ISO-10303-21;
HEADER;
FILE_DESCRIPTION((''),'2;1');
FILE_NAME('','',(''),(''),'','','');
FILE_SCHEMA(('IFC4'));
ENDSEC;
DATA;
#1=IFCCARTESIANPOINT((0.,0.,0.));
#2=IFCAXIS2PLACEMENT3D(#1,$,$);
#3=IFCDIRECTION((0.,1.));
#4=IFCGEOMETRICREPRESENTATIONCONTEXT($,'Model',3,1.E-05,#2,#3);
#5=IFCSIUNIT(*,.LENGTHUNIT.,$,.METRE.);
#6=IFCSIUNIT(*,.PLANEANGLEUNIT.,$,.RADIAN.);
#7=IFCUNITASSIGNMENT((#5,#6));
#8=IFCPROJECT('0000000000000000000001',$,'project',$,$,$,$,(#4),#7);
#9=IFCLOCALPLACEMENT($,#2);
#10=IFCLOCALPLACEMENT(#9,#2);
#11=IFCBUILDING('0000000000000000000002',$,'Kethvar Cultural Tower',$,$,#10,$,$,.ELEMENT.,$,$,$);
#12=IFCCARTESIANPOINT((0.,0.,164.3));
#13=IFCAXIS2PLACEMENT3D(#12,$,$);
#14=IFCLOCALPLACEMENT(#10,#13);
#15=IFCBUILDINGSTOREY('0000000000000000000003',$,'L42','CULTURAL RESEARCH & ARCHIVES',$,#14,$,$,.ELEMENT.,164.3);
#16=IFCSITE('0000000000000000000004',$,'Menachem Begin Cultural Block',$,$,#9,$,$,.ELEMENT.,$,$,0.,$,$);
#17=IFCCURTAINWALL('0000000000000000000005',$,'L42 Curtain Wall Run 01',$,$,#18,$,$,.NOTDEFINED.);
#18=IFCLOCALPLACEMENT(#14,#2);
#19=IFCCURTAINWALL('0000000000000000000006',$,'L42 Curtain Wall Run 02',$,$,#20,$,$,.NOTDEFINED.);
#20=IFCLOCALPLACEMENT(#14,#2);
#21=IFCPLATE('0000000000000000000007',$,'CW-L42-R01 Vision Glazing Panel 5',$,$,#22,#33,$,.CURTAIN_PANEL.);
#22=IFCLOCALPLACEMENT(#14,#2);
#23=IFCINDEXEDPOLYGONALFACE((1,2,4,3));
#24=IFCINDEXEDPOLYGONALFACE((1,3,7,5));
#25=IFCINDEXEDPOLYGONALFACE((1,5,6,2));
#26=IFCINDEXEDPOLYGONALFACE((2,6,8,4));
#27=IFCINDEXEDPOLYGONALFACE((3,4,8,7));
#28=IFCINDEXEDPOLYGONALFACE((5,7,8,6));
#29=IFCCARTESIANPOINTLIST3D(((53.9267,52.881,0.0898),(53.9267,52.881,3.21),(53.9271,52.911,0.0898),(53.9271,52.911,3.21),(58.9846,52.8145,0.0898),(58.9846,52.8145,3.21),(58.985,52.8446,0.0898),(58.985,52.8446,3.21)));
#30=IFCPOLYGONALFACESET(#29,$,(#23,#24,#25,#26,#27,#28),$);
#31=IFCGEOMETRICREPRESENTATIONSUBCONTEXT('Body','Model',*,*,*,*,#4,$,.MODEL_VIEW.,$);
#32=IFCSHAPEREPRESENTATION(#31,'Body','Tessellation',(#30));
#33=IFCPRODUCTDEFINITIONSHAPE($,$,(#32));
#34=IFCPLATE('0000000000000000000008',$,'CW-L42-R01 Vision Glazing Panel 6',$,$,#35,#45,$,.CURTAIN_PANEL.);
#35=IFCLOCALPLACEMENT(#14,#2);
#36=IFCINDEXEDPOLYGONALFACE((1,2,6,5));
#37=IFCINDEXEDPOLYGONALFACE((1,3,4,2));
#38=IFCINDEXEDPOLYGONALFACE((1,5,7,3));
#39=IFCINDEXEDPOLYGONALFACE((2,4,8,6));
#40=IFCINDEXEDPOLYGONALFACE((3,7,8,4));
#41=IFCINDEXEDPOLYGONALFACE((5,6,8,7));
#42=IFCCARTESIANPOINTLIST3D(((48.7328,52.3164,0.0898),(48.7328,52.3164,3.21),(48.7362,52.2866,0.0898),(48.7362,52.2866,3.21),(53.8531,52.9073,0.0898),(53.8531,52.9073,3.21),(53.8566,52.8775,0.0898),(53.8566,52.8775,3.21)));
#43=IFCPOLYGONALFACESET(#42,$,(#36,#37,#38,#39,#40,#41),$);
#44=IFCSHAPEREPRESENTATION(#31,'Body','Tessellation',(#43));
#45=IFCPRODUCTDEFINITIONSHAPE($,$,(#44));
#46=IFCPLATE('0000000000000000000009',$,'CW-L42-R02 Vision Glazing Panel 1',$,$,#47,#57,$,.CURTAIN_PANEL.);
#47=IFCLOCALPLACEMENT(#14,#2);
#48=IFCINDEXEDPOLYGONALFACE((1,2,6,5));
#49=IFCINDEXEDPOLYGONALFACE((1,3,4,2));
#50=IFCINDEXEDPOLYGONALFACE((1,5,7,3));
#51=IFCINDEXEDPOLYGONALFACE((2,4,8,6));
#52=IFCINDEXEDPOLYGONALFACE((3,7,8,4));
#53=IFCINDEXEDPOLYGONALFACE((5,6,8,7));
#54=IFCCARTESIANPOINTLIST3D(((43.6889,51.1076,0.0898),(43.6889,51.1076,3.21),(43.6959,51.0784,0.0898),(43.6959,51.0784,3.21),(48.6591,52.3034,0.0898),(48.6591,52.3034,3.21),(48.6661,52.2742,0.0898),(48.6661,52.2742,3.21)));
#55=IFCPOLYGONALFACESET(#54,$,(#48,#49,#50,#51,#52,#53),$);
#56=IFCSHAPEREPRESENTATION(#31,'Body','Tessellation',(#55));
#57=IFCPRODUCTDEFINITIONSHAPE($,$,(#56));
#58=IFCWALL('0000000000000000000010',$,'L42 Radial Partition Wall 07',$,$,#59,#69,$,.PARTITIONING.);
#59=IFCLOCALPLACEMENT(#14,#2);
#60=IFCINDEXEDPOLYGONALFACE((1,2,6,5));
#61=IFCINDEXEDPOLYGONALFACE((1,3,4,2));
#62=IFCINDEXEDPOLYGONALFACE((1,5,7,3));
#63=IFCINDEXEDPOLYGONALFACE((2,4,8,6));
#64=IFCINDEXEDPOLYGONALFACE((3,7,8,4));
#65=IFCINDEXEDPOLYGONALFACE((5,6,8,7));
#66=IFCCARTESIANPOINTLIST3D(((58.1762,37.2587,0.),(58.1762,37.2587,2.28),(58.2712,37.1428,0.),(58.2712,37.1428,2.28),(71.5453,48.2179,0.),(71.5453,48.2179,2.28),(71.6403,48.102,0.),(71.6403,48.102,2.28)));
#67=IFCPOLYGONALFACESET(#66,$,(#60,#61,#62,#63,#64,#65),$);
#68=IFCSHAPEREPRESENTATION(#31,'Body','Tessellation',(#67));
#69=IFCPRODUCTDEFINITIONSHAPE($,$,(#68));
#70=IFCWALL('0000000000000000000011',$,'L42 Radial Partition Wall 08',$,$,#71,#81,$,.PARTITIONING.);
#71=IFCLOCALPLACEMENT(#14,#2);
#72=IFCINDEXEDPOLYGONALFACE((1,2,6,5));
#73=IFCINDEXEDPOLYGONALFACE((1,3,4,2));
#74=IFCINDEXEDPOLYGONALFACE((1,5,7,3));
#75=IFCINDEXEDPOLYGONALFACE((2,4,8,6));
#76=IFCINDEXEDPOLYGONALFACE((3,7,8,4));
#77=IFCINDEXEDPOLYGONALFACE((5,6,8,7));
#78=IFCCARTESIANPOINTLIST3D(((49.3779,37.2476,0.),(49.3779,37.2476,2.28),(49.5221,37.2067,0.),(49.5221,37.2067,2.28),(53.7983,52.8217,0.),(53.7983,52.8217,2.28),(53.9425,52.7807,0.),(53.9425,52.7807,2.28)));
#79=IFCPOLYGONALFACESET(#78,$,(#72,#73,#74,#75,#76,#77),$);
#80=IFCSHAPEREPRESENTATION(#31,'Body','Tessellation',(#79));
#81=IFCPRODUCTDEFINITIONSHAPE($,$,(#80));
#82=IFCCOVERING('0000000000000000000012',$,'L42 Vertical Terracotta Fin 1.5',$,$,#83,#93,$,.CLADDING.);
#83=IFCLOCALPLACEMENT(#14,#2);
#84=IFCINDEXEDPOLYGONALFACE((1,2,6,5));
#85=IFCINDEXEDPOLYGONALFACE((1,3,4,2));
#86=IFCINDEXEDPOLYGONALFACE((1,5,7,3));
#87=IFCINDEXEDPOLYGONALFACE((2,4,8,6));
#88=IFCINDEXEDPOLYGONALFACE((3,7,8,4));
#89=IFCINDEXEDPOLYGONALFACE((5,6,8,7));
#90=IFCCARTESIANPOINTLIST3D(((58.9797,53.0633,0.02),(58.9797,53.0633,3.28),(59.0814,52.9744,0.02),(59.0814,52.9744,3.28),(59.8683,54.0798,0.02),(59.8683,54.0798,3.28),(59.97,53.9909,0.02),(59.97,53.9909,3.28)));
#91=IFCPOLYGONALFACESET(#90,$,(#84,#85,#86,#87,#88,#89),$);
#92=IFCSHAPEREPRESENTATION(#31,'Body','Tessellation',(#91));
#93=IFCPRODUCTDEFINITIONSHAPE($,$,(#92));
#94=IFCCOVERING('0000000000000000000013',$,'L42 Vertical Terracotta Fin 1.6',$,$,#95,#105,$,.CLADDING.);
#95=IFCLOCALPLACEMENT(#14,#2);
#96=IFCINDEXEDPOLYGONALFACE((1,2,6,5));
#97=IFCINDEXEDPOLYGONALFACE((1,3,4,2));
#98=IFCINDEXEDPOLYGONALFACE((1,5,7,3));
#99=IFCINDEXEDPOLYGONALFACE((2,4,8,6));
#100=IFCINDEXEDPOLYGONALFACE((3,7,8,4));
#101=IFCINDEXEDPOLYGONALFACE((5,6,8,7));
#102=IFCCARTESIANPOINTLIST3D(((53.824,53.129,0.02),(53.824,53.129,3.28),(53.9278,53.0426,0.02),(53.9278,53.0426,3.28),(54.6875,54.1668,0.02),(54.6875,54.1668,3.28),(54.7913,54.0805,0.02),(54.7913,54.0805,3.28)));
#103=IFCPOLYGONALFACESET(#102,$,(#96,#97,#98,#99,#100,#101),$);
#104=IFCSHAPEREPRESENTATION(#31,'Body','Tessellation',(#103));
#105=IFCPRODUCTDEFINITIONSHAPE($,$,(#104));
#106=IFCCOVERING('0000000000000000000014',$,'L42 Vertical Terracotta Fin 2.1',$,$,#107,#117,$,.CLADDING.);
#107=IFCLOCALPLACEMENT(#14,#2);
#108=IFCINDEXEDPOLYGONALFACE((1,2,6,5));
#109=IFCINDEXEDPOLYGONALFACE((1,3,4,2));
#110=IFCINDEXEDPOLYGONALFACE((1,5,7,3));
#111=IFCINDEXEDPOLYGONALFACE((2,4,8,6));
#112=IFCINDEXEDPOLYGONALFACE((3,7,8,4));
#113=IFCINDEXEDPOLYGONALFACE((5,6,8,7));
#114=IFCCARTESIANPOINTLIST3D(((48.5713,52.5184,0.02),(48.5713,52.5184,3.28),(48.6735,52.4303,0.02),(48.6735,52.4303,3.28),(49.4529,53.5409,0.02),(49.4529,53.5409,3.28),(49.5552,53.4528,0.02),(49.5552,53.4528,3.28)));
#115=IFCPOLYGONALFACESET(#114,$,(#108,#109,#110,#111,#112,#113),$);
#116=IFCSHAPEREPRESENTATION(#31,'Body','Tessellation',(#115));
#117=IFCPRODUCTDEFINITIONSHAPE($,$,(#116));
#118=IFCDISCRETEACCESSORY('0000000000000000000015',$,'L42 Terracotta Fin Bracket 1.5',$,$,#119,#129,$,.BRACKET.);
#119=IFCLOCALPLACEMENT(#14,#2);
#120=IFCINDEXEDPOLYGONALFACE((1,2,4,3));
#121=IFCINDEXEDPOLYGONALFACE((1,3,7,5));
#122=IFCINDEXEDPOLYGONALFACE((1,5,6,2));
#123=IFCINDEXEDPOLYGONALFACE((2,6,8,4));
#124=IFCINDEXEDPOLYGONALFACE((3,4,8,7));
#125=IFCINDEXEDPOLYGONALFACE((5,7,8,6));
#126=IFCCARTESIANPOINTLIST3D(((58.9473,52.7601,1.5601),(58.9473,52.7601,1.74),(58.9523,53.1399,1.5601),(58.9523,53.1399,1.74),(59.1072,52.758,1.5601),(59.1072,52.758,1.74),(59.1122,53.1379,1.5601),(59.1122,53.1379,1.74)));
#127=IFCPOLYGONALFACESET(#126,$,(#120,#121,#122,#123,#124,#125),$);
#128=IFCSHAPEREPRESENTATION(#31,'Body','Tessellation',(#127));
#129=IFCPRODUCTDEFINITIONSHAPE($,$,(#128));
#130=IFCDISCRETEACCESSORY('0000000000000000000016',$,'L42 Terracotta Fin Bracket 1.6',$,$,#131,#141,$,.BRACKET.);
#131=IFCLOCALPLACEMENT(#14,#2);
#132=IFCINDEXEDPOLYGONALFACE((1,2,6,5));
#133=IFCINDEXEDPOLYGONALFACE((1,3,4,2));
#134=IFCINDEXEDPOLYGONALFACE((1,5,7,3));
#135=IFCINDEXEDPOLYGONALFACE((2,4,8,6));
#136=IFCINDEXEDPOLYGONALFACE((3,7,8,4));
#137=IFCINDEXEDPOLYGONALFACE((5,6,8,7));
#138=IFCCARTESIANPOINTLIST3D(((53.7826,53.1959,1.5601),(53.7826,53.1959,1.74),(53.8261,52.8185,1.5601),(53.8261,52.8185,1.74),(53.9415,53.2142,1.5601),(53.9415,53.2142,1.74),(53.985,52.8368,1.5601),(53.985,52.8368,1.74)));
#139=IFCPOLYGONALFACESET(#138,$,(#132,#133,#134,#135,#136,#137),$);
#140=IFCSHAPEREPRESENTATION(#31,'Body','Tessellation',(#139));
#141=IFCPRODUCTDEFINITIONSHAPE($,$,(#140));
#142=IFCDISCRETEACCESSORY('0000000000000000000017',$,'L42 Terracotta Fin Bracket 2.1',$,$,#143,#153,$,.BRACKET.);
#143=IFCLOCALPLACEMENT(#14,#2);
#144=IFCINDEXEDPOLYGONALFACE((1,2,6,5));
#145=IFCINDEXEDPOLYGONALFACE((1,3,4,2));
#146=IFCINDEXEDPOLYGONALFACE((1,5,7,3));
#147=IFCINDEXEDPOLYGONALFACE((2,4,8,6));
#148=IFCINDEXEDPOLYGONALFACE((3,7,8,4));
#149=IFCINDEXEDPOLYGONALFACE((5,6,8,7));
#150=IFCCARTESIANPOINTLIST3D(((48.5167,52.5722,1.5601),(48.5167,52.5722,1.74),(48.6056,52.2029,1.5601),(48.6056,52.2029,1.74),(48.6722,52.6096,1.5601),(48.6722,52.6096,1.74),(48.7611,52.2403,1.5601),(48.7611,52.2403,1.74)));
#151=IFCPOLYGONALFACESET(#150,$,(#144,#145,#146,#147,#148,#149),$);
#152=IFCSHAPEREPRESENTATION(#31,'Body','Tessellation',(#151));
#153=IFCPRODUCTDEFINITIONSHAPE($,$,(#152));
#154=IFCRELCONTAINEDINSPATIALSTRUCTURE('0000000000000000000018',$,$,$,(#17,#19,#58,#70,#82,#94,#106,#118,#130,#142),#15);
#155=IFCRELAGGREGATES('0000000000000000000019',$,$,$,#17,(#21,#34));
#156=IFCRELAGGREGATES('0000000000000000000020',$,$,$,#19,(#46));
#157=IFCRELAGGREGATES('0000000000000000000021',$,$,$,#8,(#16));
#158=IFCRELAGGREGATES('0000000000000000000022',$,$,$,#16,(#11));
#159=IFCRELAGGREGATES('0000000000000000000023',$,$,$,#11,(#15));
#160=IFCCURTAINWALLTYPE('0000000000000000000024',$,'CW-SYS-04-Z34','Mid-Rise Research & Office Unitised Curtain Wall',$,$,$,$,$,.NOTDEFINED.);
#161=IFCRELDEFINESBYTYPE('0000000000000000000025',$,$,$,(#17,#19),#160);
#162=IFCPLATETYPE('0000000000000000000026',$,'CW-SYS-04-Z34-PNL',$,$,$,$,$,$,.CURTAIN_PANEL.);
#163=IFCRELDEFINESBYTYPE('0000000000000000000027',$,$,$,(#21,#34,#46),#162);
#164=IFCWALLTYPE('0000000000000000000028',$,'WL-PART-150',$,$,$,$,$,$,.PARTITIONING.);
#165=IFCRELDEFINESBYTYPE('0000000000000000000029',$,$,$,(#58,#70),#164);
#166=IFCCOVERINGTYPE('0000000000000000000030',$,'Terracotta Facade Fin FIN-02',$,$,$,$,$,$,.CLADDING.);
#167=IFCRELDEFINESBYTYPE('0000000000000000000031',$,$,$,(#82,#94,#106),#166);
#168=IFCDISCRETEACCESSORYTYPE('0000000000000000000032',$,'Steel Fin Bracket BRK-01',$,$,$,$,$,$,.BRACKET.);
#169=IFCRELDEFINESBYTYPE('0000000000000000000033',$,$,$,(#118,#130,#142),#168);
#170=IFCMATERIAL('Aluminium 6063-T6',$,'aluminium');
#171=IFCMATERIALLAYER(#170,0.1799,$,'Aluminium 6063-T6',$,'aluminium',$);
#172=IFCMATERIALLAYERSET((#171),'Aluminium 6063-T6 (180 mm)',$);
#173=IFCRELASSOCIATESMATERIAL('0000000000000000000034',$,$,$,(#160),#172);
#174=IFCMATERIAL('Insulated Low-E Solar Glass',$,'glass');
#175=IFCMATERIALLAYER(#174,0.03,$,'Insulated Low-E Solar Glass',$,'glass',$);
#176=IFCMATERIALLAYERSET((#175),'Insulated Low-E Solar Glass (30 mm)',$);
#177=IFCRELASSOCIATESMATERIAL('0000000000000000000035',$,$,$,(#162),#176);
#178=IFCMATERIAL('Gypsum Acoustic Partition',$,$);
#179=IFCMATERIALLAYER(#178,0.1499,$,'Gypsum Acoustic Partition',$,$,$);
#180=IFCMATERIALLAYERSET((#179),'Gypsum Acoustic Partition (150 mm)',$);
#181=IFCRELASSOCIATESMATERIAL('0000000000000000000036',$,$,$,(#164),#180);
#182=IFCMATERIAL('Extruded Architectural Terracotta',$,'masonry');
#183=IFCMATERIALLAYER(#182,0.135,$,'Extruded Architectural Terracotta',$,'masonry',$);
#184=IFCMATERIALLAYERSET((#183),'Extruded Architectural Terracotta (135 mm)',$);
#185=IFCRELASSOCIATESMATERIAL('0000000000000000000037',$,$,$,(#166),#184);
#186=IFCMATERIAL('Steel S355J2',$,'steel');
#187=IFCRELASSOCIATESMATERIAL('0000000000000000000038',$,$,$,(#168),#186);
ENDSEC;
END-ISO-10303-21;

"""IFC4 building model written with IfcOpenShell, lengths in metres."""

from ifc_helpers import new_model, si_unit, direction, frame, frame_2d, origin, origin_2d, place, context, subcontext, project, spatial, rectangle, extrude, source, transform, mapped, material, layer, layer_set, type_object, element, aggregate, save


model = new_model("IFC4")

# Units and contexts
model_context = context("Model", 3, precision=1e-05, world=origin(), true_north=direction((0.0, 1.0)))
body_context = subcontext(model_context, "Body", "Model", "MODEL_VIEW")
ifc_project = project(units=[si_unit("LENGTHUNIT", "METRE"), si_unit("PLANEANGLEUNIT", "RADIAN")], contexts=[model_context])

# Site, building, storey
site_placement = place(None, origin())
site = spatial("IfcSite", under=ifc_project, at=site_placement, Name="Menachem Begin Cultural Block", CompositionType="ELEMENT", RefElevation=0.0)
building_placement = place(site_placement, origin())
building = spatial("IfcBuilding", under=site, at=building_placement, Name="Kethvar Cultural Tower", CompositionType="ELEMENT")
storey_placement = place(building_placement, frame((0.0, 0.0, 164.3)))
storey = spatial("IfcBuildingStorey", under=building, at=storey_placement, Name="L42", Description="CULTURAL RESEARCH & ARCHIVES", CompositionType="ELEMENT", Elevation=164.3)

# Shared definitions
ifc_material_1 = material(Name="Steel S355J2", Category="steel")

# Curtain wall
ifc_material_2 = material(Name="Aluminium 6063-T6", Category="aluminium")
ifc_layer_1 = layer(ifc_material_2, 0.1799, Name="Aluminium 6063-T6", Category="aluminium")
ifc_layer_set_1 = layer_set([ifc_layer_1], Name="Aluminium 6063-T6 (180 mm)")
curtain_wall_type = type_object("IfcCurtainWallType", Name="CW-SYS-04-Z34", Description="Mid-Rise Research & Office Unitised Curtain Wall", PredefinedType="NOTDEFINED", material=ifc_layer_set_1)
curtain_wall_1_placement = place(storey_placement, origin())
curtain_wall_1 = element("IfcCurtainWall", 1, at=curtain_wall_1_placement, inside=storey, type_object=curtain_wall_type, Name="L42 Curtain Wall Run 01", PredefinedType="NOTDEFINED")

# Curtain wall
curtain_wall_2_placement = place(storey_placement, origin())
curtain_wall_2 = element("IfcCurtainWall", 2, at=curtain_wall_2_placement, inside=storey, type_object=curtain_wall_type, Name="L42 Curtain Wall Run 02", PredefinedType="NOTDEFINED")

# Plates
ifc_material_3 = material(Name="Insulated Low-E Solar Glass", Category="glass")
ifc_layer_2 = layer(ifc_material_3, 0.03, Name="Insulated Low-E Solar Glass", Category="glass")
ifc_layer_set_2 = layer_set([ifc_layer_2], Name="Insulated Low-E Solar Glass (30 mm)")
plate_type = type_object("IfcPlateType", Name="CW-SYS-04-Z34-PNL", PredefinedType="CURTAIN_PANEL", material=ifc_layer_set_2)
shared_shape_1 = source(origin(), body_context, "Body", "SweptSolid", [
    extrude(rectangle(XDim=5.0583, YDim=0.03, at=origin_2d()), origin(), (0.0, 0.0, 1.0), 3.1201),
])
plate_1_placement = place(storey_placement, frame((56.4558, 52.8628, 0.0898), z_axis=(0.0, 0.0, 1.0), x_axis=(-0.999914, 0.013142, 0.0)))
plate_1 = element("IfcPlate", 3, at=plate_1_placement, type_object=plate_type, Name="CW-L42-R01 Vision Glazing Panel 5", PredefinedType="CURTAIN_PANEL", context=body_context, shape_type="MappedRepresentation", body=[
    mapped(shared_shape_1, transform((0.0, 0.0, 0.0), scale=1.0)),
])
shared_shape_2 = source(origin(), body_context, "Body", "SweptSolid", [
    extrude(rectangle(XDim=5.1543, YDim=0.03, at=origin_2d()), origin(), (0.0, 0.0, 1.0), 3.1201),
])
plate_2_placement = place(storey_placement, frame((51.2947, 52.5969, 0.0898), z_axis=(0.0, 0.0, 1.0), x_axis=(-0.993407, -0.114642, 0.0)))
plate_2 = element("IfcPlate", 4, at=plate_2_placement, type_object=plate_type, Name="CW-L42-R01 Vision Glazing Panel 6", PredefinedType="CURTAIN_PANEL", context=body_context, shape_type="MappedRepresentation", body=[
    mapped(shared_shape_2, transform((0.0, 0.0, 0.0), scale=1.0)),
])
aggregate(curtain_wall_1, [plate_1, plate_2])
shared_shape_3 = source(origin(), body_context, "Body", "SweptSolid", [
    extrude(rectangle(XDim=5.1121, YDim=0.03, at=origin_2d()), origin(), (0.0, 0.0, 1.0), 3.1201),
])
plate_3_placement = place(storey_placement, frame((46.1775, 51.6909, 0.0898), z_axis=(0.0, 0.0, 1.0), x_axis=(-0.972256, -0.233921, 0.0)))
plate_3 = element("IfcPlate", 5, at=plate_3_placement, type_object=plate_type, Name="CW-L42-R02 Vision Glazing Panel 1", PredefinedType="CURTAIN_PANEL", context=body_context, shape_type="MappedRepresentation", body=[
    mapped(shared_shape_3, transform((0.0, 0.0, 0.0), scale=1.0)),
])
aggregate(curtain_wall_2, [plate_3])

# Walls
ifc_material_4 = material(Name="Gypsum Acoustic Partition")
ifc_layer_3 = layer(ifc_material_4, 0.1499, Name="Gypsum Acoustic Partition")
ifc_layer_set_3 = layer_set([ifc_layer_3], Name="Gypsum Acoustic Partition (150 mm)")
wall_type_1 = type_object("IfcWallType", Name="WL-PART-150", PredefinedType="PARTITIONING", material=ifc_layer_set_3)
wall_1_placement = place(storey_placement, frame((58.2236, 37.2007, 0.0), z_axis=(0.0, 0.0, 1.0), x_axis=(0.773366, 0.63396, 0.0)))
element("IfcWall", 6, at=wall_1_placement, inside=storey, type_object=wall_type_1, Name="L42 Radial Partition Wall 07", PredefinedType="PARTITIONING", context=body_context, shape_type="SweptSolid", body=[
    extrude(rectangle(XDim=17.2869, YDim=0.1499, at=frame_2d((8.6436, 0.0))), origin(), (0.0, 0.0, 1.0), 2.28),
])
wall_2_placement = place(storey_placement, frame((49.45, 37.2271, 0.0), z_axis=(0.0, 0.0, 1.0), x_axis=(0.273048, 0.962001, 0.0)))
element("IfcWall", 7, at=wall_2_placement, inside=storey, type_object=wall_type_1, Name="L42 Radial Partition Wall 08", PredefinedType="PARTITIONING", context=body_context, shape_type="SweptSolid", body=[
    extrude(rectangle(XDim=16.1892, YDim=0.1499, at=frame_2d((8.0947, 0.0))), origin(), (0.0, 0.0, 1.0), 2.28),
])

# Coverings
ifc_material_5 = material(Name="Extruded Architectural Terracotta", Category="masonry")
ifc_layer_4 = layer(ifc_material_5, 0.135, Name="Extruded Architectural Terracotta", Category="masonry")
ifc_layer_set_4 = layer_set([ifc_layer_4], Name="Extruded Architectural Terracotta (135 mm)")
covering_type = type_object("IfcCoveringType", Name="Terracotta Facade Fin FIN-02", PredefinedType="CLADDING", material=ifc_layer_set_4)
shared_shape_4 = source(origin(), body_context, "Body", "SweptSolid", [
    extrude(rectangle(XDim=1.3501, YDim=0.135, at=origin_2d()), origin(), (0.0, 0.0, 1.0), 3.26),
])
for number, where, z_axis, x_axis, name in (
    (8, (59.4749, 53.5271, 0.02), (0.0, 0.0, 1.0), (0.658164, 0.752875, 0.0), "L42 Vertical Terracotta Fin 1.5"),
    (9, (54.3076, 53.6047, 0.02), (0.0, 0.0, 1.0), (0.639573, 0.76873, 0.0), "L42 Vertical Terracotta Fin 1.6"),
    (10, (49.0632, 52.9856, 0.02), (0.0, 0.0, 1.0), (0.653024, 0.757337, 0.0), "L42 Vertical Terracotta Fin 2.1"),
):
    element("IfcCovering", number, at=place(storey_placement, frame(where, z_axis=z_axis, x_axis=x_axis)), inside=storey, type_object=covering_type, Name=name, PredefinedType="CLADDING", context=body_context, shape_type="MappedRepresentation", body=[
        mapped(shared_shape_4, transform((0.0, 0.0, 0.0), scale=1.0)),
    ])

# Discrete accessories
discrete_accessory_type = type_object("IfcDiscreteAccessoryType", Name="Steel Fin Bracket BRK-01", PredefinedType="BRACKET", material=ifc_material_1)
shared_shape_5 = source(origin(), body_context, "Body", "SweptSolid", [
    extrude(rectangle(XDim=0.3799, YDim=0.1599, at=origin_2d()), origin(), (0.0, 0.0, 1.0), 0.1799),
])
for number, where, z_axis, x_axis, name in (
    (11, (59.0298, 52.949, 1.5601), (0.0, 0.0, 1.0), (0.01309, 0.999914, 0.0), "L42 Terracotta Fin Bracket 1.5"),
    (12, (53.8838, 53.0164, 1.5601), (0.0, 0.0, 1.0), (-0.11459, 0.993413, 0.0), "L42 Terracotta Fin Bracket 1.6"),
    (13, (48.6389, 52.4062, 1.5601), (0.0, 0.0, 1.0), (-0.233954, 0.972248, 0.0), "L42 Terracotta Fin Bracket 2.1"),
):
    element("IfcDiscreteAccessory", number, at=place(storey_placement, frame(where, z_axis=z_axis, x_axis=x_axis)), inside=storey, type_object=discrete_accessory_type, Name=name, PredefinedType="BRACKET", context=body_context, shape_type="MappedRepresentation", body=[
        mapped(shared_shape_5, transform((0.0, 0.0, 0.0), scale=1.0)),
    ])

save(model, "model.ifc")
